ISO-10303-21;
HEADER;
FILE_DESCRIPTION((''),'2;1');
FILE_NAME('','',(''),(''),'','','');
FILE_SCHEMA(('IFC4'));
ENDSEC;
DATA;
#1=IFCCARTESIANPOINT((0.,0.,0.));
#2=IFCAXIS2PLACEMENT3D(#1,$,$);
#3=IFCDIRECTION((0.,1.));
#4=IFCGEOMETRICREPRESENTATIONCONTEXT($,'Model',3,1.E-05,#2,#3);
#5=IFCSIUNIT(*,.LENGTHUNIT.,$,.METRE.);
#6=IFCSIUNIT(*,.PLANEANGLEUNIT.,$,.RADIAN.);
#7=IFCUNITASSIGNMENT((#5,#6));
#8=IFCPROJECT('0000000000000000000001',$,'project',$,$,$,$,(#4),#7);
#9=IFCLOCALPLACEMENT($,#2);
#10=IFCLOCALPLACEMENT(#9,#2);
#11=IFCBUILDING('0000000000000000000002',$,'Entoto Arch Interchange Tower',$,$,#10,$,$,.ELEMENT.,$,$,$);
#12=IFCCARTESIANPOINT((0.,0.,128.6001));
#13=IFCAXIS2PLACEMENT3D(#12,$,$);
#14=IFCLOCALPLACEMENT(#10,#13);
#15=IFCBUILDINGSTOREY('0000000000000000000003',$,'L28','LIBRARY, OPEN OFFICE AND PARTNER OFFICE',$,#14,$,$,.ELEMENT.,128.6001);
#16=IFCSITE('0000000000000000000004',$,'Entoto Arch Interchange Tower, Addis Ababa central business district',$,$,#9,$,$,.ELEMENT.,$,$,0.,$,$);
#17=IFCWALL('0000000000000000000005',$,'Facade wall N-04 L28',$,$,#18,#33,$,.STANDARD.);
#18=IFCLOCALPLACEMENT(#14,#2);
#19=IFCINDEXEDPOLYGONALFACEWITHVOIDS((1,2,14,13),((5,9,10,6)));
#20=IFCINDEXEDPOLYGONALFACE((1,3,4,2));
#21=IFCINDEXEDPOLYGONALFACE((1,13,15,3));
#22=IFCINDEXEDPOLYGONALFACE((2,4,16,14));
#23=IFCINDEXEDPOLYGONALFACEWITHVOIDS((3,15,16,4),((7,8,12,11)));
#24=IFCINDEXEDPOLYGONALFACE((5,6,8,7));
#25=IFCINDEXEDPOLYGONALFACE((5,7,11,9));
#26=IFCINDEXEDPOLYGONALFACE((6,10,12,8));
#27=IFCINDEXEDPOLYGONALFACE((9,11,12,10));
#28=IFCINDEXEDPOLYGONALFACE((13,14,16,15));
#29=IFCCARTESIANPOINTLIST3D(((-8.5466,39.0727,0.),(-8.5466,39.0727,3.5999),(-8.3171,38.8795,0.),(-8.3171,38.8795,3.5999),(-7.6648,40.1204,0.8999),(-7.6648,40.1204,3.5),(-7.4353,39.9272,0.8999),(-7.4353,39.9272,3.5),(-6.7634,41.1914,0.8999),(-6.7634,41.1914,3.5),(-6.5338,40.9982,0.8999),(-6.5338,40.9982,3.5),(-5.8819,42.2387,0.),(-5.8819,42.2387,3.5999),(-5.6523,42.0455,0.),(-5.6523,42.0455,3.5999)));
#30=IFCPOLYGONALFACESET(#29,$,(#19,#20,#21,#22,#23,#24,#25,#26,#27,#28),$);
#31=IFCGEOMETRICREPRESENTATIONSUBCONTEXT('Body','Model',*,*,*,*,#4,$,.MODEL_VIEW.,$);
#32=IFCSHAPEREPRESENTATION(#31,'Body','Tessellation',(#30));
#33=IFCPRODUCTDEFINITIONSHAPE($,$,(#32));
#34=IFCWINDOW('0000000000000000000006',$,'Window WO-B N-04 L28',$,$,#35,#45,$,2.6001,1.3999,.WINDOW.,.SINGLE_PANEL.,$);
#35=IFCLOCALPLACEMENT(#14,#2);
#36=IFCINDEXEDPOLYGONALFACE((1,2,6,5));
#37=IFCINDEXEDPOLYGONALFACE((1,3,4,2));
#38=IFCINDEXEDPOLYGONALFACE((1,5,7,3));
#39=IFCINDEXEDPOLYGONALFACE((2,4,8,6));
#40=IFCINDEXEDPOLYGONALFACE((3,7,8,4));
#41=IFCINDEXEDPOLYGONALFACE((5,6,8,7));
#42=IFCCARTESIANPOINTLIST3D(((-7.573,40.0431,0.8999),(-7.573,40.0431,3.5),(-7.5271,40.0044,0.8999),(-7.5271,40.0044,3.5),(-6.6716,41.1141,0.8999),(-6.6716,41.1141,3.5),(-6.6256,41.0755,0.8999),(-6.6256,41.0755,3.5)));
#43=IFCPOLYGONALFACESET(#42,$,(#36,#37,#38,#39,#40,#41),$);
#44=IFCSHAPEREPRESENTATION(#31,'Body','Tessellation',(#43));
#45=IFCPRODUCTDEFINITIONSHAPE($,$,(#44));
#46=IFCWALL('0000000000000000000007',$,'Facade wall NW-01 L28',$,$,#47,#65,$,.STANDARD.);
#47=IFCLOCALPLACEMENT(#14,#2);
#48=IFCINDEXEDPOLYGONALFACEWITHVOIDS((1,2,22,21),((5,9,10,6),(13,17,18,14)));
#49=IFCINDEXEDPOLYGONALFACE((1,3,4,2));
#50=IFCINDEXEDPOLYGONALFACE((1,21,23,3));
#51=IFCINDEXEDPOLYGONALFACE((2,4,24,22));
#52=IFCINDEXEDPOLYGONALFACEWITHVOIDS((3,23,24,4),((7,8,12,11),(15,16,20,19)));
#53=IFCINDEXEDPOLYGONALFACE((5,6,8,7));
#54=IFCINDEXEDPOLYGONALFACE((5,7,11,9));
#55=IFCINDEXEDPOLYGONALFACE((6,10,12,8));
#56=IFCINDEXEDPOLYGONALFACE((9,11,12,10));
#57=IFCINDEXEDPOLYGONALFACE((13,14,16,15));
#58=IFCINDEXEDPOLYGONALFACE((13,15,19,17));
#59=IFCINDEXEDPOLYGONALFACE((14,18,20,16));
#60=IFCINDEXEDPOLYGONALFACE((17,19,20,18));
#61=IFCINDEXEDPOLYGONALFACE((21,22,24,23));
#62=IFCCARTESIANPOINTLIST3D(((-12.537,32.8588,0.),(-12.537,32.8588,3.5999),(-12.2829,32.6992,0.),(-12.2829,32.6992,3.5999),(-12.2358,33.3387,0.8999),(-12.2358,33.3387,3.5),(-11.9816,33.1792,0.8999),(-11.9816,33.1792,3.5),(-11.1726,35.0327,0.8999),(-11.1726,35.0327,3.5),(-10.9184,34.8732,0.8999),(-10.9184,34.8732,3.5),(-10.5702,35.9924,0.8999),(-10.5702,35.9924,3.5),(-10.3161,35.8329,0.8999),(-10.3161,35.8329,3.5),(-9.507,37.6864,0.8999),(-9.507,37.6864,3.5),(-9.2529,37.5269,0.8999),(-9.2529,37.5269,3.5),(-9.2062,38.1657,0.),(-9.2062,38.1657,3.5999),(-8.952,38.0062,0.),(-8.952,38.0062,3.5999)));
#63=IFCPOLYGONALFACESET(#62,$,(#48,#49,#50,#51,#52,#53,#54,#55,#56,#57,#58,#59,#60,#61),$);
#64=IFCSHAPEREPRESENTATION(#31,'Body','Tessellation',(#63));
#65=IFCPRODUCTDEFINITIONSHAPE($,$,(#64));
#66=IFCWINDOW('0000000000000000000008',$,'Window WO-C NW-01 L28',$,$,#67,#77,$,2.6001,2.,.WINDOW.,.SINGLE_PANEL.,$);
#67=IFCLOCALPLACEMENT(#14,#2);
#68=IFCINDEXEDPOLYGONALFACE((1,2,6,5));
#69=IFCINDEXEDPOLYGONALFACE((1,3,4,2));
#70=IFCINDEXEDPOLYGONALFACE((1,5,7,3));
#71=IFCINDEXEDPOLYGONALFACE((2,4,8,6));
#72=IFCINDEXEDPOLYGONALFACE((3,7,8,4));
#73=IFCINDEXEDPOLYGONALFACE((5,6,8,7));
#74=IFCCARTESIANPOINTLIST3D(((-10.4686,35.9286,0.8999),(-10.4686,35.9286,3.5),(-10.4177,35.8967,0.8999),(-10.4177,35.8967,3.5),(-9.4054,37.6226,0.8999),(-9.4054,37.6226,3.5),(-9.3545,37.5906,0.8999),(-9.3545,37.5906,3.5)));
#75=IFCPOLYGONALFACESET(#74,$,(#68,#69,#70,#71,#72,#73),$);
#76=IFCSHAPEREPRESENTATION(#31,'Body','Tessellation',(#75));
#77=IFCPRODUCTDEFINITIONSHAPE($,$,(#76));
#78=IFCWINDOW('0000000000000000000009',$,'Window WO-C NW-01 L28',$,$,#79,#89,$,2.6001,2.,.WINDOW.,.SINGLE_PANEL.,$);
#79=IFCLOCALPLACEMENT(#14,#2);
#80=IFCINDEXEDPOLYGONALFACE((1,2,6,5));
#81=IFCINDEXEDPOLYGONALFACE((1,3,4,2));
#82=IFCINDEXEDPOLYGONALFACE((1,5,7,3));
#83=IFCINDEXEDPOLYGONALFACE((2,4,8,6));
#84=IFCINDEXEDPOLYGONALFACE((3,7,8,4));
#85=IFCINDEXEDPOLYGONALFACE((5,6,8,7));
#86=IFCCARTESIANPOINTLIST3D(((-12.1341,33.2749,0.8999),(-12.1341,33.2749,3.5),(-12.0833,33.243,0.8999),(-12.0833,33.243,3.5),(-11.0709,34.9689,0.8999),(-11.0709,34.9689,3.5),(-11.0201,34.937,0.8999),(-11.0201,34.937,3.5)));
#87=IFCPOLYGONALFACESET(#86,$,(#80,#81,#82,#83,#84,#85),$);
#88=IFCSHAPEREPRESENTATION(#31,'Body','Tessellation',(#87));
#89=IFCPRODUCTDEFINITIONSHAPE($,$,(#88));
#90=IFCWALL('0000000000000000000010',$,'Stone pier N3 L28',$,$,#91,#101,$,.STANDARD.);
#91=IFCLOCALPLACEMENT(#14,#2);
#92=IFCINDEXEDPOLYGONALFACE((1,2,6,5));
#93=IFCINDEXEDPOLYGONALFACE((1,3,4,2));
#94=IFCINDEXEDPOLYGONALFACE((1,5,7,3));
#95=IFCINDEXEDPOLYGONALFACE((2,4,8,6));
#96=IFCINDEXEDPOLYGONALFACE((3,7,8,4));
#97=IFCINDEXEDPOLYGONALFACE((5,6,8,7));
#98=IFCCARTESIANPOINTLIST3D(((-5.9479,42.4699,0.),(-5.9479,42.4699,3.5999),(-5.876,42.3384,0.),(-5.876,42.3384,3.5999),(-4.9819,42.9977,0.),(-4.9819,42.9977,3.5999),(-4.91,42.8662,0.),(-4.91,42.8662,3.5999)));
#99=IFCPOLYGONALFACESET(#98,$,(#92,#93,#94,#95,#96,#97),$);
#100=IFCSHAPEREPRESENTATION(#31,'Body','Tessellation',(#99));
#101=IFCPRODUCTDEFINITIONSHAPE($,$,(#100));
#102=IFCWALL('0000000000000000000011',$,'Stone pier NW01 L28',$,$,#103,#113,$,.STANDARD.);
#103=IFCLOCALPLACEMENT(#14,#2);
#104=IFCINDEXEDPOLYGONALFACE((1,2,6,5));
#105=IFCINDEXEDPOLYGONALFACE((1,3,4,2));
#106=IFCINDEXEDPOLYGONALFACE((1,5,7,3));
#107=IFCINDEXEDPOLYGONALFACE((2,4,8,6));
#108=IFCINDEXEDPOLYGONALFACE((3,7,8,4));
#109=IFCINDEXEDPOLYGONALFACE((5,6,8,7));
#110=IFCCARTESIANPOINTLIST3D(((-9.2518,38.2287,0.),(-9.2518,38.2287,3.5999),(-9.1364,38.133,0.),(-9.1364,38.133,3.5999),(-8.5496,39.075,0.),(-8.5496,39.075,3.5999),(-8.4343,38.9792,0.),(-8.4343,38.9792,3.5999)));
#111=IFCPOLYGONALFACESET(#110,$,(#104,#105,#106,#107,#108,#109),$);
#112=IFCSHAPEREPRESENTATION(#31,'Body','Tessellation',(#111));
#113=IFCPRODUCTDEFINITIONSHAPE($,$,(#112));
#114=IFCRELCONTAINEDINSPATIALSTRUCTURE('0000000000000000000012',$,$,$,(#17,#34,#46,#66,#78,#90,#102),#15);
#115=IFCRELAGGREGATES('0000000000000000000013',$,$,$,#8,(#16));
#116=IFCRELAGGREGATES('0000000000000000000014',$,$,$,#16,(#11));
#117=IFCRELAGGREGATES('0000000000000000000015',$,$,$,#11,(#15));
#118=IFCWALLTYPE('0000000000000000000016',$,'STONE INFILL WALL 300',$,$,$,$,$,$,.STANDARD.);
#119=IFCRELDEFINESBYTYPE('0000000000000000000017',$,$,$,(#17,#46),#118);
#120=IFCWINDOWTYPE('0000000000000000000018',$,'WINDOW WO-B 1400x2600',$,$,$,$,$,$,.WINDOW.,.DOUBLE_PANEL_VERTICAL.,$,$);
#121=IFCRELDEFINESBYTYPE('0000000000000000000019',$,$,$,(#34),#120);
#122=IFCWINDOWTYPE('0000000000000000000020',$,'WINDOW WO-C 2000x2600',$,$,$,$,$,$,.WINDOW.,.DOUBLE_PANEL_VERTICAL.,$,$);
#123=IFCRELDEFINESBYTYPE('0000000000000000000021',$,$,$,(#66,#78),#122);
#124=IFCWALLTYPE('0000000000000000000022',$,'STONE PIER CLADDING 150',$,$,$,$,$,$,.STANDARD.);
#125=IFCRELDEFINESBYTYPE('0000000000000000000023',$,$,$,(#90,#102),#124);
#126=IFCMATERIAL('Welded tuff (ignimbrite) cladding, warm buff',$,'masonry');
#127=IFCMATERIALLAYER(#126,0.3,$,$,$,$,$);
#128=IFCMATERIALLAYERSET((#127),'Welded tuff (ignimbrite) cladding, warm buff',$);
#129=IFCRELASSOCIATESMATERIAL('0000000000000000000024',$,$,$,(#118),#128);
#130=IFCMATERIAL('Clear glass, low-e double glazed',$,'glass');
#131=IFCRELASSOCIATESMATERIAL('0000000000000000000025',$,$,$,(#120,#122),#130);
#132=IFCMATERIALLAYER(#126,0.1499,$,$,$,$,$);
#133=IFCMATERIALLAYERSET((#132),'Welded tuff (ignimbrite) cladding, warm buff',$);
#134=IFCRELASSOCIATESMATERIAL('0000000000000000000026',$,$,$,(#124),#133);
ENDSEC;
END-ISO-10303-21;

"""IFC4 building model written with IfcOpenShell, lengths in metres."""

from ifc_helpers import new_model, si_unit, direction, frame, frame_2d, origin, place, context, subcontext, project, spatial, rectangle, extrude, material, layer, layer_set, type_object, element, fill, save


model = new_model("IFC4")

# Units and contexts
model_context = context("Model", 3, precision=1e-05, world=origin(), true_north=direction((0.0, 1.0)))
body_context = subcontext(model_context, "Body", "Model", "MODEL_VIEW")
ifc_project = project(units=[si_unit("LENGTHUNIT", "METRE"), si_unit("PLANEANGLEUNIT", "RADIAN")], contexts=[model_context])

# Site, building, storey
site_placement = place(None, origin())
site = spatial("IfcSite", under=ifc_project, at=site_placement, Name="Entoto Arch Interchange Tower, Addis Ababa central business district", CompositionType="ELEMENT", RefElevation=0.0)
building_placement = place(site_placement, origin())
building = spatial("IfcBuilding", under=site, at=building_placement, Name="Entoto Arch Interchange Tower", CompositionType="ELEMENT")
storey_placement = place(building_placement, frame((0.0, 0.0, 128.6001)))
storey = spatial("IfcBuildingStorey", under=building, at=storey_placement, Name="L28", Description="LIBRARY, OPEN OFFICE AND PARTNER OFFICE", CompositionType="ELEMENT", Elevation=128.6001)

# Wall, opening, window
ifc_material_1 = material(Name="Welded tuff (ignimbrite) cladding, warm buff", Category="masonry")
ifc_layer_1 = layer(ifc_material_1, 0.3)
ifc_layer_set_1 = layer_set([ifc_layer_1], Name="Welded tuff (ignimbrite) cladding, warm buff")
wall_type_1 = type_object("IfcWallType", Name="STONE INFILL WALL 300", PredefinedType="STANDARD", material=ifc_layer_set_1)
ifc_material_2 = material(Name="Clear glass, low-e double glazed", Category="glass")
window_type_1 = type_object("IfcWindowType", Name="WINDOW WO-B 1400x2600", PartitioningType="DOUBLE_PANEL_VERTICAL", PredefinedType="WINDOW", material=ifc_material_2)
wall_1_placement = place(storey_placement, frame((-5.7671, 42.1421, 0.0), z_axis=(0.0, 0.0, 1.0), x_axis=(-0.643949, -0.765069, 0.0)))
wall_1 = element("IfcWall", 1, at=wall_1_placement, inside=storey, type_object=wall_type_1, Name="Facade wall N-04 L28", PredefinedType="STANDARD", context=body_context, shape_type="SweptSolid", body=[
    extrude(rectangle(XDim=4.1382, YDim=0.3, at=frame_2d((2.0691, 0.0))), origin(), (0.0, 0.0, 1.0), 3.5999),
])
opening_1_placement = place(wall_1_placement, frame((1.3689, 0.0, 0.8999)))
opening_1 = element("IfcOpeningElement", 2, at=opening_1_placement, cuts=wall_1, PredefinedType="OPENING", context=body_context, shape_type="SweptSolid", body=[
    extrude(rectangle(XDim=1.3999, YDim=2.6001, at=frame_2d((0.7, 1.3))), frame((0.0, 0.1602, 0.0), z_axis=(0.0, -1.0, 0.0), x_axis=(1.0, 0.0, 0.0)), (0.0, 0.0, 1.0), 0.3201),
])
window_1_placement = place(opening_1_placement, origin())
window_1 = element("IfcWindow", 3, at=window_1_placement, inside=storey, type_object=window_type_1, Name="Window WO-B N-04 L28", OverallHeight=2.6001, OverallWidth=1.3999, PartitioningType="SINGLE_PANEL", PredefinedType="WINDOW", context=body_context, shape_type="SweptSolid", body=[
    extrude(rectangle(XDim=1.3999, YDim=2.6001, at=frame_2d((0.7, 1.3))), frame((0.0, 0.03, 0.0), z_axis=(0.0, -1.0, 0.0), x_axis=(1.0, 0.0, 0.0)), (0.0, 0.0, 1.0), 0.0601),
])
fill(opening_1, window_1)

# Wall, openings, windows
wall_2_placement = place(storey_placement, frame((-9.0791, 38.0859, 0.0), z_axis=(0.0, 0.0, 1.0), x_axis=(-0.531606, -0.846992, 0.0)))
wall_2 = element("IfcWall", 4, at=wall_2_placement, inside=storey, type_object=wall_type_1, Name="Facade wall NW-01 L28", PredefinedType="STANDARD", context=body_context, shape_type="SweptSolid", body=[
    extrude(rectangle(XDim=6.2656, YDim=0.3, at=frame_2d((3.1328, 0.0))), origin(), (0.0, 0.0, 1.0), 3.5999),
])
opening_2_placement = place(wall_2_placement, frame((0.5659, 0.0, 0.8999)))
opening_2 = element("IfcOpeningElement", 5, at=opening_2_placement, cuts=wall_2, PredefinedType="OPENING", context=body_context, shape_type="SweptSolid", body=[
    extrude(rectangle(XDim=2.0, YDim=2.6001, at=frame_2d((1.0, 1.3))), frame((0.0, 0.1602, 0.0), z_axis=(0.0, -1.0, 0.0), x_axis=(1.0, 0.0, 0.0)), (0.0, 0.0, 1.0), 0.3201),
])
opening_3_placement = place(wall_2_placement, frame((3.699, 0.0, 0.8999)))
opening_3 = element("IfcOpeningElement", 6, at=opening_3_placement, cuts=wall_2, PredefinedType="OPENING", context=body_context, shape_type="SweptSolid", body=[
    extrude(rectangle(XDim=2.0, YDim=2.6001, at=frame_2d((1.0, 1.3))), frame((0.0, 0.1602, 0.0), z_axis=(0.0, -1.0, 0.0), x_axis=(1.0, 0.0, 0.0)), (0.0, 0.0, 1.0), 0.3201),
])
window_type_2 = type_object("IfcWindowType", Name="WINDOW WO-C 2000x2600", PartitioningType="DOUBLE_PANEL_VERTICAL", PredefinedType="WINDOW", material=ifc_material_2)
window_2_placement = place(opening_2_placement, origin())
window_2 = element("IfcWindow", 7, at=window_2_placement, inside=storey, type_object=window_type_2, Name="Window WO-C NW-01 L28", OverallHeight=2.6001, OverallWidth=2.0, PartitioningType="SINGLE_PANEL", PredefinedType="WINDOW", context=body_context, shape_type="SweptSolid", body=[
    extrude(rectangle(XDim=2.0, YDim=2.6001, at=frame_2d((1.0, 1.3))), frame((0.0, 0.03, 0.0), z_axis=(0.0, -1.0, 0.0), x_axis=(1.0, 0.0, 0.0)), (0.0, 0.0, 1.0), 0.0601),
])
fill(opening_2, window_2)
window_3_placement = place(opening_3_placement, origin())
window_3 = element("IfcWindow", 8, at=window_3_placement, inside=storey, type_object=window_type_2, Name="Window WO-C NW-01 L28", OverallHeight=2.6001, OverallWidth=2.0, PartitioningType="SINGLE_PANEL", PredefinedType="WINDOW", context=body_context, shape_type="SweptSolid", body=[
    extrude(rectangle(XDim=2.0, YDim=2.6001, at=frame_2d((1.0, 1.3))), frame((0.0, 0.03, 0.0), z_axis=(0.0, -1.0, 0.0), x_axis=(1.0, 0.0, 0.0)), (0.0, 0.0, 1.0), 0.0601),
])
fill(opening_3, window_3)

# Walls
ifc_layer_2 = layer(ifc_material_1, 0.1499)
ifc_layer_set_2 = layer_set([ifc_layer_2], Name="Welded tuff (ignimbrite) cladding, warm buff")
wall_type_2 = type_object("IfcWallType", Name="STONE PIER CLADDING 150", PredefinedType="STANDARD", material=ifc_layer_set_2)
wall_3_placement = place(storey_placement, frame((-4.946, 42.9319, 0.0), z_axis=(0.0, 0.0, 1.0), x_axis=(-0.877556, -0.479474, 0.0)))
element("IfcWall", 9, at=wall_3_placement, inside=storey, type_object=wall_type_2, Name="Stone pier N3 L28", PredefinedType="STANDARD", context=body_context, shape_type="SweptSolid", body=[
    extrude(rectangle(XDim=1.1008, YDim=0.1499, at=frame_2d((0.5503, 0.0))), origin(), (0.0, 0.0, 1.0), 3.5999),
])
wall_4_placement = place(storey_placement, frame((-8.4919, 39.0271, 0.0), z_axis=(0.0, 0.0, 1.0), x_axis=(-0.638567, -0.769566, 0.0)))
element("IfcWall", 10, at=wall_4_placement, inside=storey, type_object=wall_type_2, Name="Stone pier NW01 L28", PredefinedType="STANDARD", context=body_context, shape_type="SweptSolid", body=[
    extrude(rectangle(XDim=1.0996, YDim=0.1499, at=frame_2d((0.5498, 0.0))), origin(), (0.0, 0.0, 1.0), 3.5999),
])

save(model, "model.ifc")
